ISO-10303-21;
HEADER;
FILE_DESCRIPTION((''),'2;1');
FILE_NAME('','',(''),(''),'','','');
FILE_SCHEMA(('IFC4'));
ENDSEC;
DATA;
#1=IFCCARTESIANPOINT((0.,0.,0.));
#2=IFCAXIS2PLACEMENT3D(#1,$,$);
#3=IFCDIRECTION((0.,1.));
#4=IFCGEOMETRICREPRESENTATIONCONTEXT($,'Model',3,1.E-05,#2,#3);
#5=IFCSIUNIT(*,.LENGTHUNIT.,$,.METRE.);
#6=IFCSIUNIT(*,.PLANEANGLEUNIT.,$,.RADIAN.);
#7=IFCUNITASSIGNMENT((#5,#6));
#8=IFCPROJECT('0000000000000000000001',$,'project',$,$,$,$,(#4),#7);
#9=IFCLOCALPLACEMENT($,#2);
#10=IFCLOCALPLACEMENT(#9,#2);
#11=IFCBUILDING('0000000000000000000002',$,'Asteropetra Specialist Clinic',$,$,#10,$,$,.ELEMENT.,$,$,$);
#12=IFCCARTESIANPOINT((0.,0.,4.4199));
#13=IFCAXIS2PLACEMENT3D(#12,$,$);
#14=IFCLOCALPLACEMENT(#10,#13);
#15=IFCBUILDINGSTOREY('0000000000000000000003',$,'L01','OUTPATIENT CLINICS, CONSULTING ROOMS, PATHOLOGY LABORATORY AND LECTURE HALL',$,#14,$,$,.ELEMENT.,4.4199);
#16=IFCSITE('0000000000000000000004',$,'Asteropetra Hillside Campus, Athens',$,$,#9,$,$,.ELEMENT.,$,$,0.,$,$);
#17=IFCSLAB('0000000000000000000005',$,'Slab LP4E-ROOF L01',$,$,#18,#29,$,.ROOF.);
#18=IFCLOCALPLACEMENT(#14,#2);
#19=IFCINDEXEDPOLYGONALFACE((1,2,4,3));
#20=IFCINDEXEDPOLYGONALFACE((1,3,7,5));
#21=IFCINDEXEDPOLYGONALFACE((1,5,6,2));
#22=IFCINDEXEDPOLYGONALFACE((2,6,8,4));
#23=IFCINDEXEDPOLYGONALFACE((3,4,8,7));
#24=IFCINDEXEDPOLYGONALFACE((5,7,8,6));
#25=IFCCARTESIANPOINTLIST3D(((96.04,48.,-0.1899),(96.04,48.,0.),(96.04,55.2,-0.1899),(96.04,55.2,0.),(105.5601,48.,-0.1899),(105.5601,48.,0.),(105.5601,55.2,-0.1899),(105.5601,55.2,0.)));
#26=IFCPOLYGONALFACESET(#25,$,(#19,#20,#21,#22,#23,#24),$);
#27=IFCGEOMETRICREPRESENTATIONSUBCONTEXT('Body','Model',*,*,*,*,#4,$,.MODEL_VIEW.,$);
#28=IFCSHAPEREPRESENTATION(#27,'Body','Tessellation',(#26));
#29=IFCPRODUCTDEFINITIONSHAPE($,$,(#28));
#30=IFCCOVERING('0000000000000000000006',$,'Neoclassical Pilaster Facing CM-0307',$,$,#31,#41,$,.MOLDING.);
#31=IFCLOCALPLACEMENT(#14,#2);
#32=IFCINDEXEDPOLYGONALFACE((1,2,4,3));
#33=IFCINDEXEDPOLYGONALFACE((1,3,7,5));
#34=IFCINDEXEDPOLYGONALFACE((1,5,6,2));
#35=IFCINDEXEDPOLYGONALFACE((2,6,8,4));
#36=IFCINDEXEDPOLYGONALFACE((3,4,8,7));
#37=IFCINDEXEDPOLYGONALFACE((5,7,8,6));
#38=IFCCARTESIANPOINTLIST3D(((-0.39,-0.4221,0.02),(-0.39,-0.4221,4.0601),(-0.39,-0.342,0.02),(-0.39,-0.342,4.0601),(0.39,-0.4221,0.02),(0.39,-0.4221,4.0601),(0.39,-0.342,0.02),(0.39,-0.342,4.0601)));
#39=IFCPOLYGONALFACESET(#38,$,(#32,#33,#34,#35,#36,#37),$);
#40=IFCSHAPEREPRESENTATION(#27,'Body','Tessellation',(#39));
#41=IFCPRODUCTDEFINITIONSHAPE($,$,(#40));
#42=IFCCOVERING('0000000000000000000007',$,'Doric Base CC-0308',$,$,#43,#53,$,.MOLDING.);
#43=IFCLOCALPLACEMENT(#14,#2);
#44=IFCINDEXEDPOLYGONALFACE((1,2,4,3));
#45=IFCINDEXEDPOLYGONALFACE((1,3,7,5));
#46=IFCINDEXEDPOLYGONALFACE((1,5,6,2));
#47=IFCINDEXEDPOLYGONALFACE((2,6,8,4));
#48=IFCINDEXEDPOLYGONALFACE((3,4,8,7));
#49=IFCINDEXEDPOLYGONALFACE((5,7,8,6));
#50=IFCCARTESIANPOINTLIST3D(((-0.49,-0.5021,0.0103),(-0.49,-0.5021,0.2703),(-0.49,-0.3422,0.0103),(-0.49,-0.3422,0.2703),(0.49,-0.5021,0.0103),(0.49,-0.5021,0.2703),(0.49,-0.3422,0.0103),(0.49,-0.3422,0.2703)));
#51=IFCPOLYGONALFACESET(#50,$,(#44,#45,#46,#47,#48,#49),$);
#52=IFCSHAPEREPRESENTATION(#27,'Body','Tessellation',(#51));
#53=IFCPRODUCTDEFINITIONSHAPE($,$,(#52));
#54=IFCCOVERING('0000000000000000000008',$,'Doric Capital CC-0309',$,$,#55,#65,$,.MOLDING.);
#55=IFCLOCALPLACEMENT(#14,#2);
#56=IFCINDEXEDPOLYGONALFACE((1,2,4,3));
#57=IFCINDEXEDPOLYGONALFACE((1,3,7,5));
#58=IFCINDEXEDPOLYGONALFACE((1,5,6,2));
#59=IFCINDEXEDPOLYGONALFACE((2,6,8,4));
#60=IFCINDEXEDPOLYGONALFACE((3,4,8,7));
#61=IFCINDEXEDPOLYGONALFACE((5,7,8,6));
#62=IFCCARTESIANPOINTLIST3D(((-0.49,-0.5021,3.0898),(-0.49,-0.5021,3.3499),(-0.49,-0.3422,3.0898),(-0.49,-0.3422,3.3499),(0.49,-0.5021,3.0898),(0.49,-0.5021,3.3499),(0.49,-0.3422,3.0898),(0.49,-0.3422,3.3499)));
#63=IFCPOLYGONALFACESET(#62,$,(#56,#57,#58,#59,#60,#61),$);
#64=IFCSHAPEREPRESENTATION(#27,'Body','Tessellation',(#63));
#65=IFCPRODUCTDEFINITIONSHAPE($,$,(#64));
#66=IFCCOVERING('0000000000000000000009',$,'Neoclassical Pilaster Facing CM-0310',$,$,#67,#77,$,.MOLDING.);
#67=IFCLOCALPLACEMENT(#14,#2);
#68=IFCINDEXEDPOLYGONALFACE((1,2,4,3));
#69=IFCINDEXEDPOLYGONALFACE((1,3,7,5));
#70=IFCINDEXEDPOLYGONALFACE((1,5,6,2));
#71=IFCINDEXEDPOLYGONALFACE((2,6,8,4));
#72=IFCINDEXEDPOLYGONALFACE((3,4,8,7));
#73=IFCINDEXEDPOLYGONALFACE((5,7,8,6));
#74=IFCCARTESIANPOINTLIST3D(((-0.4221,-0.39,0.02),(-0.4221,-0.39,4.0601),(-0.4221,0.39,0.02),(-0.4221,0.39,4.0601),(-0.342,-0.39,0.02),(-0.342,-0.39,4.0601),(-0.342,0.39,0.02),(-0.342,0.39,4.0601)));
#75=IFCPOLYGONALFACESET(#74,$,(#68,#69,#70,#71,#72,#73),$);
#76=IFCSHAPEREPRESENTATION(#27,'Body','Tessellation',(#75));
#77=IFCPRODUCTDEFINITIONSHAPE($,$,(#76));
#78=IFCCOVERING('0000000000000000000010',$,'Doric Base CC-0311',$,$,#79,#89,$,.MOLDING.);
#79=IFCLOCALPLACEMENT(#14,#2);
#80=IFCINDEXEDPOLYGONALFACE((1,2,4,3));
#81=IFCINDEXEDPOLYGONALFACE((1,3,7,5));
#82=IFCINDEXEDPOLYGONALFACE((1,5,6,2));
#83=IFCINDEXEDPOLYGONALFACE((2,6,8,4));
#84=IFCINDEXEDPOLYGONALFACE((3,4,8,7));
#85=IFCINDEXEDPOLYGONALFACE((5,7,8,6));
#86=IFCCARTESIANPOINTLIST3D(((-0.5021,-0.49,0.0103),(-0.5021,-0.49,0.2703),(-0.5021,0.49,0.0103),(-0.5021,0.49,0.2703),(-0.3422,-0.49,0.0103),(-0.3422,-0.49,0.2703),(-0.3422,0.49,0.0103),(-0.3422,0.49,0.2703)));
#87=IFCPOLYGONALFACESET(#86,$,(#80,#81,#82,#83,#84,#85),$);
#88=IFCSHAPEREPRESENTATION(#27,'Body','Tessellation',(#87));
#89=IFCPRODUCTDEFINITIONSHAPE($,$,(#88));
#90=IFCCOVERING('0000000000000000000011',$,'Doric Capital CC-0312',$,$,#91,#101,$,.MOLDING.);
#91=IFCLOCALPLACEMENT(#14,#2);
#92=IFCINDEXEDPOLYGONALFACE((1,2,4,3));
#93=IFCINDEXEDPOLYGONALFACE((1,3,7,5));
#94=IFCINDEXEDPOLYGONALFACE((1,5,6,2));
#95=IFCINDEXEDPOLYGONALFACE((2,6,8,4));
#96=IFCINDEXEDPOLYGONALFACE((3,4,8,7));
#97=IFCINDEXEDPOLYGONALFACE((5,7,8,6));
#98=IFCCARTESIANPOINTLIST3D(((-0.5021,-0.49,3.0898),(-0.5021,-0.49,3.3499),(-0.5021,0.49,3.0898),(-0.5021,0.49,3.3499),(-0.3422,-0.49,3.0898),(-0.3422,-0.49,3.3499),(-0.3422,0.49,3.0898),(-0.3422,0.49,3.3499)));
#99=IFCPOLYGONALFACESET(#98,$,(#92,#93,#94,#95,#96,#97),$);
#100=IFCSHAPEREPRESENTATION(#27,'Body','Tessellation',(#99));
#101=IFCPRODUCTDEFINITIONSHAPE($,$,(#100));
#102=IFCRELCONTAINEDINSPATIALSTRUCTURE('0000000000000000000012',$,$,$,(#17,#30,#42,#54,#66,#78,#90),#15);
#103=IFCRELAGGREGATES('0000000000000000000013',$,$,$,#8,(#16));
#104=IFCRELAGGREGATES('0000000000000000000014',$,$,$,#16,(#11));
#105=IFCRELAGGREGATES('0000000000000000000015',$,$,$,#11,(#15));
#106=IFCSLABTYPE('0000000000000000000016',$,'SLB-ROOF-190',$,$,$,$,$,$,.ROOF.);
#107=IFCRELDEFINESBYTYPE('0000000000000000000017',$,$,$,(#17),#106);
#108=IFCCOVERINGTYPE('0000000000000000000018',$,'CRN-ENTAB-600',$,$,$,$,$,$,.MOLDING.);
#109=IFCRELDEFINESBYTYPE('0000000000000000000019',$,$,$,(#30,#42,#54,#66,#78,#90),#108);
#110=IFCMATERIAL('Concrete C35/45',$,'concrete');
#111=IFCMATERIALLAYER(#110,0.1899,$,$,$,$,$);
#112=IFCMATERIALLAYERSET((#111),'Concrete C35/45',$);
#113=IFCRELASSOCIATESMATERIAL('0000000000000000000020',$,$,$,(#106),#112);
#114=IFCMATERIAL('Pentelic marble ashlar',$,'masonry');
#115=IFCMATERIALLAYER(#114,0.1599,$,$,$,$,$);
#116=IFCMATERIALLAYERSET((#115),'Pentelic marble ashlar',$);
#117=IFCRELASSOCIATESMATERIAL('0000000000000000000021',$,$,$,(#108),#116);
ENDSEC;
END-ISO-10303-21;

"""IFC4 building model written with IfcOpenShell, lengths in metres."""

from ifc_helpers import new_model, si_unit, direction, frame, origin, origin_2d, place, context, subcontext, project, spatial, polyline, rectangle, outline, extrude, material, layer, layer_set, type_object, element, save


model = new_model("IFC4")

# Units and contexts
model_context = context("Model", 3, precision=1e-05, world=origin(), true_north=direction((0.0, 1.0)))
body_context = subcontext(model_context, "Body", "Model", "MODEL_VIEW")
ifc_project = project(units=[si_unit("LENGTHUNIT", "METRE"), si_unit("PLANEANGLEUNIT", "RADIAN")], contexts=[model_context])

# Site, building, storey
site_placement = place(None, origin())
site = spatial("IfcSite", under=ifc_project, at=site_placement, Name="Asteropetra Hillside Campus, Athens", CompositionType="ELEMENT", RefElevation=0.0)
building_placement = place(site_placement, origin())
building = spatial("IfcBuilding", under=site, at=building_placement, Name="Asteropetra Specialist Clinic", CompositionType="ELEMENT")
storey_placement = place(building_placement, frame((0.0, 0.0, 4.4199)))
storey = spatial("IfcBuildingStorey", under=building, at=storey_placement, Name="L01", Description="OUTPATIENT CLINICS, CONSULTING ROOMS, PATHOLOGY LABORATORY AND LECTURE HALL", CompositionType="ELEMENT", Elevation=4.4199)

# Slab
ifc_material_1 = material(Name="Concrete C35/45", Category="concrete")
ifc_layer_1 = layer(ifc_material_1, 0.1899)
ifc_layer_set_1 = layer_set([ifc_layer_1], Name="Concrete C35/45")
slab_type_1 = type_object("IfcSlabType", Name="SLB-ROOF-190", PredefinedType="ROOF", material=ifc_layer_set_1)
slab_1_placement = place(storey_placement, frame((0.0, 0.0, -0.1899)))
element("IfcSlab", 1, at=slab_1_placement, inside=storey, type_object=slab_type_1, Name="Slab LP4E-ROOF L01", PredefinedType="ROOF", context=body_context, shape_type="SweptSolid", body=[
    extrude(outline(polyline([(96.04, 48.0), (105.5601, 48.0), (105.5601, 55.2), (96.04, 55.2), (96.04, 48.0)])), origin(), (0.0, 0.0, 1.0), 0.1899),
])

# Coverings
ifc_material_2 = material(Name="Pentelic marble ashlar", Category="masonry")
ifc_layer_2 = layer(ifc_material_2, 0.1599)
ifc_layer_set_2 = layer_set([ifc_layer_2], Name="Pentelic marble ashlar")
covering_type = type_object("IfcCoveringType", Name="CRN-ENTAB-600", PredefinedType="MOLDING", material=ifc_layer_set_2)
covering_1_placement = place(storey_placement, frame((0.0, -0.3821, 0.02), z_axis=(0.0, 0.0, 1.0), x_axis=(1.0, 0.0, 0.0)))
element("IfcCovering", 2, at=covering_1_placement, inside=storey, type_object=covering_type, Name="Neoclassical Pilaster Facing CM-0307", PredefinedType="MOLDING", context=body_context, shape_type="SweptSolid", body=[
    extrude(rectangle(XDim=0.78, YDim=0.0801, at=origin_2d()), origin(), (0.0, 0.0, 1.0), 4.04),
])
for number, where, z_axis, x_axis, name in (
    (3, (0.0, -0.4221, 0.0103), (0.0, 0.0, 1.0), (1.0, 0.0, 0.0), "Doric Base CC-0308"),
    (4, (0.0, -0.4221, 3.0898), (0.0, 0.0, 1.0), (1.0, 0.0, 0.0), "Doric Capital CC-0309"),
):
    element("IfcCovering", number, at=place(storey_placement, frame(where, z_axis=z_axis, x_axis=x_axis)), inside=storey, type_object=covering_type, Name=name, PredefinedType="MOLDING", context=body_context, shape_type="SweptSolid", body=[
        extrude(rectangle(XDim=0.98, YDim=0.1599, at=origin_2d()), origin(), (0.0, 0.0, 1.0), 0.26),
    ])
covering_2_placement = place(storey_placement, frame((-0.3821, 0.0, 0.02), z_axis=(0.0, 0.0, 1.0), x_axis=(1.0, 0.0, 0.0)))
element("IfcCovering", 5, at=covering_2_placement, inside=storey, type_object=covering_type, Name="Neoclassical Pilaster Facing CM-0310", PredefinedType="MOLDING", context=body_context, shape_type="SweptSolid", body=[
    extrude(rectangle(XDim=0.0801, YDim=0.78, at=origin_2d()), origin(), (0.0, 0.0, 1.0), 4.04),
])
for number, where, z_axis, x_axis, name in (
    (6, (-0.4221, 0.0, 0.0103), (0.0, 0.0, 1.0), (1.0, 0.0, 0.0), "Doric Base CC-0311"),
    (7, (-0.4221, 0.0, 3.0898), (0.0, 0.0, 1.0), (1.0, 0.0, 0.0), "Doric Capital CC-0312"),
):
    element("IfcCovering", number, at=place(storey_placement, frame(where, z_axis=z_axis, x_axis=x_axis)), inside=storey, type_object=covering_type, Name=name, PredefinedType="MOLDING", context=body_context, shape_type="SweptSolid", body=[
        extrude(rectangle(XDim=0.1599, YDim=0.98, at=origin_2d()), origin(), (0.0, 0.0, 1.0), 0.26),
    ])

save(model, "model.ifc")
